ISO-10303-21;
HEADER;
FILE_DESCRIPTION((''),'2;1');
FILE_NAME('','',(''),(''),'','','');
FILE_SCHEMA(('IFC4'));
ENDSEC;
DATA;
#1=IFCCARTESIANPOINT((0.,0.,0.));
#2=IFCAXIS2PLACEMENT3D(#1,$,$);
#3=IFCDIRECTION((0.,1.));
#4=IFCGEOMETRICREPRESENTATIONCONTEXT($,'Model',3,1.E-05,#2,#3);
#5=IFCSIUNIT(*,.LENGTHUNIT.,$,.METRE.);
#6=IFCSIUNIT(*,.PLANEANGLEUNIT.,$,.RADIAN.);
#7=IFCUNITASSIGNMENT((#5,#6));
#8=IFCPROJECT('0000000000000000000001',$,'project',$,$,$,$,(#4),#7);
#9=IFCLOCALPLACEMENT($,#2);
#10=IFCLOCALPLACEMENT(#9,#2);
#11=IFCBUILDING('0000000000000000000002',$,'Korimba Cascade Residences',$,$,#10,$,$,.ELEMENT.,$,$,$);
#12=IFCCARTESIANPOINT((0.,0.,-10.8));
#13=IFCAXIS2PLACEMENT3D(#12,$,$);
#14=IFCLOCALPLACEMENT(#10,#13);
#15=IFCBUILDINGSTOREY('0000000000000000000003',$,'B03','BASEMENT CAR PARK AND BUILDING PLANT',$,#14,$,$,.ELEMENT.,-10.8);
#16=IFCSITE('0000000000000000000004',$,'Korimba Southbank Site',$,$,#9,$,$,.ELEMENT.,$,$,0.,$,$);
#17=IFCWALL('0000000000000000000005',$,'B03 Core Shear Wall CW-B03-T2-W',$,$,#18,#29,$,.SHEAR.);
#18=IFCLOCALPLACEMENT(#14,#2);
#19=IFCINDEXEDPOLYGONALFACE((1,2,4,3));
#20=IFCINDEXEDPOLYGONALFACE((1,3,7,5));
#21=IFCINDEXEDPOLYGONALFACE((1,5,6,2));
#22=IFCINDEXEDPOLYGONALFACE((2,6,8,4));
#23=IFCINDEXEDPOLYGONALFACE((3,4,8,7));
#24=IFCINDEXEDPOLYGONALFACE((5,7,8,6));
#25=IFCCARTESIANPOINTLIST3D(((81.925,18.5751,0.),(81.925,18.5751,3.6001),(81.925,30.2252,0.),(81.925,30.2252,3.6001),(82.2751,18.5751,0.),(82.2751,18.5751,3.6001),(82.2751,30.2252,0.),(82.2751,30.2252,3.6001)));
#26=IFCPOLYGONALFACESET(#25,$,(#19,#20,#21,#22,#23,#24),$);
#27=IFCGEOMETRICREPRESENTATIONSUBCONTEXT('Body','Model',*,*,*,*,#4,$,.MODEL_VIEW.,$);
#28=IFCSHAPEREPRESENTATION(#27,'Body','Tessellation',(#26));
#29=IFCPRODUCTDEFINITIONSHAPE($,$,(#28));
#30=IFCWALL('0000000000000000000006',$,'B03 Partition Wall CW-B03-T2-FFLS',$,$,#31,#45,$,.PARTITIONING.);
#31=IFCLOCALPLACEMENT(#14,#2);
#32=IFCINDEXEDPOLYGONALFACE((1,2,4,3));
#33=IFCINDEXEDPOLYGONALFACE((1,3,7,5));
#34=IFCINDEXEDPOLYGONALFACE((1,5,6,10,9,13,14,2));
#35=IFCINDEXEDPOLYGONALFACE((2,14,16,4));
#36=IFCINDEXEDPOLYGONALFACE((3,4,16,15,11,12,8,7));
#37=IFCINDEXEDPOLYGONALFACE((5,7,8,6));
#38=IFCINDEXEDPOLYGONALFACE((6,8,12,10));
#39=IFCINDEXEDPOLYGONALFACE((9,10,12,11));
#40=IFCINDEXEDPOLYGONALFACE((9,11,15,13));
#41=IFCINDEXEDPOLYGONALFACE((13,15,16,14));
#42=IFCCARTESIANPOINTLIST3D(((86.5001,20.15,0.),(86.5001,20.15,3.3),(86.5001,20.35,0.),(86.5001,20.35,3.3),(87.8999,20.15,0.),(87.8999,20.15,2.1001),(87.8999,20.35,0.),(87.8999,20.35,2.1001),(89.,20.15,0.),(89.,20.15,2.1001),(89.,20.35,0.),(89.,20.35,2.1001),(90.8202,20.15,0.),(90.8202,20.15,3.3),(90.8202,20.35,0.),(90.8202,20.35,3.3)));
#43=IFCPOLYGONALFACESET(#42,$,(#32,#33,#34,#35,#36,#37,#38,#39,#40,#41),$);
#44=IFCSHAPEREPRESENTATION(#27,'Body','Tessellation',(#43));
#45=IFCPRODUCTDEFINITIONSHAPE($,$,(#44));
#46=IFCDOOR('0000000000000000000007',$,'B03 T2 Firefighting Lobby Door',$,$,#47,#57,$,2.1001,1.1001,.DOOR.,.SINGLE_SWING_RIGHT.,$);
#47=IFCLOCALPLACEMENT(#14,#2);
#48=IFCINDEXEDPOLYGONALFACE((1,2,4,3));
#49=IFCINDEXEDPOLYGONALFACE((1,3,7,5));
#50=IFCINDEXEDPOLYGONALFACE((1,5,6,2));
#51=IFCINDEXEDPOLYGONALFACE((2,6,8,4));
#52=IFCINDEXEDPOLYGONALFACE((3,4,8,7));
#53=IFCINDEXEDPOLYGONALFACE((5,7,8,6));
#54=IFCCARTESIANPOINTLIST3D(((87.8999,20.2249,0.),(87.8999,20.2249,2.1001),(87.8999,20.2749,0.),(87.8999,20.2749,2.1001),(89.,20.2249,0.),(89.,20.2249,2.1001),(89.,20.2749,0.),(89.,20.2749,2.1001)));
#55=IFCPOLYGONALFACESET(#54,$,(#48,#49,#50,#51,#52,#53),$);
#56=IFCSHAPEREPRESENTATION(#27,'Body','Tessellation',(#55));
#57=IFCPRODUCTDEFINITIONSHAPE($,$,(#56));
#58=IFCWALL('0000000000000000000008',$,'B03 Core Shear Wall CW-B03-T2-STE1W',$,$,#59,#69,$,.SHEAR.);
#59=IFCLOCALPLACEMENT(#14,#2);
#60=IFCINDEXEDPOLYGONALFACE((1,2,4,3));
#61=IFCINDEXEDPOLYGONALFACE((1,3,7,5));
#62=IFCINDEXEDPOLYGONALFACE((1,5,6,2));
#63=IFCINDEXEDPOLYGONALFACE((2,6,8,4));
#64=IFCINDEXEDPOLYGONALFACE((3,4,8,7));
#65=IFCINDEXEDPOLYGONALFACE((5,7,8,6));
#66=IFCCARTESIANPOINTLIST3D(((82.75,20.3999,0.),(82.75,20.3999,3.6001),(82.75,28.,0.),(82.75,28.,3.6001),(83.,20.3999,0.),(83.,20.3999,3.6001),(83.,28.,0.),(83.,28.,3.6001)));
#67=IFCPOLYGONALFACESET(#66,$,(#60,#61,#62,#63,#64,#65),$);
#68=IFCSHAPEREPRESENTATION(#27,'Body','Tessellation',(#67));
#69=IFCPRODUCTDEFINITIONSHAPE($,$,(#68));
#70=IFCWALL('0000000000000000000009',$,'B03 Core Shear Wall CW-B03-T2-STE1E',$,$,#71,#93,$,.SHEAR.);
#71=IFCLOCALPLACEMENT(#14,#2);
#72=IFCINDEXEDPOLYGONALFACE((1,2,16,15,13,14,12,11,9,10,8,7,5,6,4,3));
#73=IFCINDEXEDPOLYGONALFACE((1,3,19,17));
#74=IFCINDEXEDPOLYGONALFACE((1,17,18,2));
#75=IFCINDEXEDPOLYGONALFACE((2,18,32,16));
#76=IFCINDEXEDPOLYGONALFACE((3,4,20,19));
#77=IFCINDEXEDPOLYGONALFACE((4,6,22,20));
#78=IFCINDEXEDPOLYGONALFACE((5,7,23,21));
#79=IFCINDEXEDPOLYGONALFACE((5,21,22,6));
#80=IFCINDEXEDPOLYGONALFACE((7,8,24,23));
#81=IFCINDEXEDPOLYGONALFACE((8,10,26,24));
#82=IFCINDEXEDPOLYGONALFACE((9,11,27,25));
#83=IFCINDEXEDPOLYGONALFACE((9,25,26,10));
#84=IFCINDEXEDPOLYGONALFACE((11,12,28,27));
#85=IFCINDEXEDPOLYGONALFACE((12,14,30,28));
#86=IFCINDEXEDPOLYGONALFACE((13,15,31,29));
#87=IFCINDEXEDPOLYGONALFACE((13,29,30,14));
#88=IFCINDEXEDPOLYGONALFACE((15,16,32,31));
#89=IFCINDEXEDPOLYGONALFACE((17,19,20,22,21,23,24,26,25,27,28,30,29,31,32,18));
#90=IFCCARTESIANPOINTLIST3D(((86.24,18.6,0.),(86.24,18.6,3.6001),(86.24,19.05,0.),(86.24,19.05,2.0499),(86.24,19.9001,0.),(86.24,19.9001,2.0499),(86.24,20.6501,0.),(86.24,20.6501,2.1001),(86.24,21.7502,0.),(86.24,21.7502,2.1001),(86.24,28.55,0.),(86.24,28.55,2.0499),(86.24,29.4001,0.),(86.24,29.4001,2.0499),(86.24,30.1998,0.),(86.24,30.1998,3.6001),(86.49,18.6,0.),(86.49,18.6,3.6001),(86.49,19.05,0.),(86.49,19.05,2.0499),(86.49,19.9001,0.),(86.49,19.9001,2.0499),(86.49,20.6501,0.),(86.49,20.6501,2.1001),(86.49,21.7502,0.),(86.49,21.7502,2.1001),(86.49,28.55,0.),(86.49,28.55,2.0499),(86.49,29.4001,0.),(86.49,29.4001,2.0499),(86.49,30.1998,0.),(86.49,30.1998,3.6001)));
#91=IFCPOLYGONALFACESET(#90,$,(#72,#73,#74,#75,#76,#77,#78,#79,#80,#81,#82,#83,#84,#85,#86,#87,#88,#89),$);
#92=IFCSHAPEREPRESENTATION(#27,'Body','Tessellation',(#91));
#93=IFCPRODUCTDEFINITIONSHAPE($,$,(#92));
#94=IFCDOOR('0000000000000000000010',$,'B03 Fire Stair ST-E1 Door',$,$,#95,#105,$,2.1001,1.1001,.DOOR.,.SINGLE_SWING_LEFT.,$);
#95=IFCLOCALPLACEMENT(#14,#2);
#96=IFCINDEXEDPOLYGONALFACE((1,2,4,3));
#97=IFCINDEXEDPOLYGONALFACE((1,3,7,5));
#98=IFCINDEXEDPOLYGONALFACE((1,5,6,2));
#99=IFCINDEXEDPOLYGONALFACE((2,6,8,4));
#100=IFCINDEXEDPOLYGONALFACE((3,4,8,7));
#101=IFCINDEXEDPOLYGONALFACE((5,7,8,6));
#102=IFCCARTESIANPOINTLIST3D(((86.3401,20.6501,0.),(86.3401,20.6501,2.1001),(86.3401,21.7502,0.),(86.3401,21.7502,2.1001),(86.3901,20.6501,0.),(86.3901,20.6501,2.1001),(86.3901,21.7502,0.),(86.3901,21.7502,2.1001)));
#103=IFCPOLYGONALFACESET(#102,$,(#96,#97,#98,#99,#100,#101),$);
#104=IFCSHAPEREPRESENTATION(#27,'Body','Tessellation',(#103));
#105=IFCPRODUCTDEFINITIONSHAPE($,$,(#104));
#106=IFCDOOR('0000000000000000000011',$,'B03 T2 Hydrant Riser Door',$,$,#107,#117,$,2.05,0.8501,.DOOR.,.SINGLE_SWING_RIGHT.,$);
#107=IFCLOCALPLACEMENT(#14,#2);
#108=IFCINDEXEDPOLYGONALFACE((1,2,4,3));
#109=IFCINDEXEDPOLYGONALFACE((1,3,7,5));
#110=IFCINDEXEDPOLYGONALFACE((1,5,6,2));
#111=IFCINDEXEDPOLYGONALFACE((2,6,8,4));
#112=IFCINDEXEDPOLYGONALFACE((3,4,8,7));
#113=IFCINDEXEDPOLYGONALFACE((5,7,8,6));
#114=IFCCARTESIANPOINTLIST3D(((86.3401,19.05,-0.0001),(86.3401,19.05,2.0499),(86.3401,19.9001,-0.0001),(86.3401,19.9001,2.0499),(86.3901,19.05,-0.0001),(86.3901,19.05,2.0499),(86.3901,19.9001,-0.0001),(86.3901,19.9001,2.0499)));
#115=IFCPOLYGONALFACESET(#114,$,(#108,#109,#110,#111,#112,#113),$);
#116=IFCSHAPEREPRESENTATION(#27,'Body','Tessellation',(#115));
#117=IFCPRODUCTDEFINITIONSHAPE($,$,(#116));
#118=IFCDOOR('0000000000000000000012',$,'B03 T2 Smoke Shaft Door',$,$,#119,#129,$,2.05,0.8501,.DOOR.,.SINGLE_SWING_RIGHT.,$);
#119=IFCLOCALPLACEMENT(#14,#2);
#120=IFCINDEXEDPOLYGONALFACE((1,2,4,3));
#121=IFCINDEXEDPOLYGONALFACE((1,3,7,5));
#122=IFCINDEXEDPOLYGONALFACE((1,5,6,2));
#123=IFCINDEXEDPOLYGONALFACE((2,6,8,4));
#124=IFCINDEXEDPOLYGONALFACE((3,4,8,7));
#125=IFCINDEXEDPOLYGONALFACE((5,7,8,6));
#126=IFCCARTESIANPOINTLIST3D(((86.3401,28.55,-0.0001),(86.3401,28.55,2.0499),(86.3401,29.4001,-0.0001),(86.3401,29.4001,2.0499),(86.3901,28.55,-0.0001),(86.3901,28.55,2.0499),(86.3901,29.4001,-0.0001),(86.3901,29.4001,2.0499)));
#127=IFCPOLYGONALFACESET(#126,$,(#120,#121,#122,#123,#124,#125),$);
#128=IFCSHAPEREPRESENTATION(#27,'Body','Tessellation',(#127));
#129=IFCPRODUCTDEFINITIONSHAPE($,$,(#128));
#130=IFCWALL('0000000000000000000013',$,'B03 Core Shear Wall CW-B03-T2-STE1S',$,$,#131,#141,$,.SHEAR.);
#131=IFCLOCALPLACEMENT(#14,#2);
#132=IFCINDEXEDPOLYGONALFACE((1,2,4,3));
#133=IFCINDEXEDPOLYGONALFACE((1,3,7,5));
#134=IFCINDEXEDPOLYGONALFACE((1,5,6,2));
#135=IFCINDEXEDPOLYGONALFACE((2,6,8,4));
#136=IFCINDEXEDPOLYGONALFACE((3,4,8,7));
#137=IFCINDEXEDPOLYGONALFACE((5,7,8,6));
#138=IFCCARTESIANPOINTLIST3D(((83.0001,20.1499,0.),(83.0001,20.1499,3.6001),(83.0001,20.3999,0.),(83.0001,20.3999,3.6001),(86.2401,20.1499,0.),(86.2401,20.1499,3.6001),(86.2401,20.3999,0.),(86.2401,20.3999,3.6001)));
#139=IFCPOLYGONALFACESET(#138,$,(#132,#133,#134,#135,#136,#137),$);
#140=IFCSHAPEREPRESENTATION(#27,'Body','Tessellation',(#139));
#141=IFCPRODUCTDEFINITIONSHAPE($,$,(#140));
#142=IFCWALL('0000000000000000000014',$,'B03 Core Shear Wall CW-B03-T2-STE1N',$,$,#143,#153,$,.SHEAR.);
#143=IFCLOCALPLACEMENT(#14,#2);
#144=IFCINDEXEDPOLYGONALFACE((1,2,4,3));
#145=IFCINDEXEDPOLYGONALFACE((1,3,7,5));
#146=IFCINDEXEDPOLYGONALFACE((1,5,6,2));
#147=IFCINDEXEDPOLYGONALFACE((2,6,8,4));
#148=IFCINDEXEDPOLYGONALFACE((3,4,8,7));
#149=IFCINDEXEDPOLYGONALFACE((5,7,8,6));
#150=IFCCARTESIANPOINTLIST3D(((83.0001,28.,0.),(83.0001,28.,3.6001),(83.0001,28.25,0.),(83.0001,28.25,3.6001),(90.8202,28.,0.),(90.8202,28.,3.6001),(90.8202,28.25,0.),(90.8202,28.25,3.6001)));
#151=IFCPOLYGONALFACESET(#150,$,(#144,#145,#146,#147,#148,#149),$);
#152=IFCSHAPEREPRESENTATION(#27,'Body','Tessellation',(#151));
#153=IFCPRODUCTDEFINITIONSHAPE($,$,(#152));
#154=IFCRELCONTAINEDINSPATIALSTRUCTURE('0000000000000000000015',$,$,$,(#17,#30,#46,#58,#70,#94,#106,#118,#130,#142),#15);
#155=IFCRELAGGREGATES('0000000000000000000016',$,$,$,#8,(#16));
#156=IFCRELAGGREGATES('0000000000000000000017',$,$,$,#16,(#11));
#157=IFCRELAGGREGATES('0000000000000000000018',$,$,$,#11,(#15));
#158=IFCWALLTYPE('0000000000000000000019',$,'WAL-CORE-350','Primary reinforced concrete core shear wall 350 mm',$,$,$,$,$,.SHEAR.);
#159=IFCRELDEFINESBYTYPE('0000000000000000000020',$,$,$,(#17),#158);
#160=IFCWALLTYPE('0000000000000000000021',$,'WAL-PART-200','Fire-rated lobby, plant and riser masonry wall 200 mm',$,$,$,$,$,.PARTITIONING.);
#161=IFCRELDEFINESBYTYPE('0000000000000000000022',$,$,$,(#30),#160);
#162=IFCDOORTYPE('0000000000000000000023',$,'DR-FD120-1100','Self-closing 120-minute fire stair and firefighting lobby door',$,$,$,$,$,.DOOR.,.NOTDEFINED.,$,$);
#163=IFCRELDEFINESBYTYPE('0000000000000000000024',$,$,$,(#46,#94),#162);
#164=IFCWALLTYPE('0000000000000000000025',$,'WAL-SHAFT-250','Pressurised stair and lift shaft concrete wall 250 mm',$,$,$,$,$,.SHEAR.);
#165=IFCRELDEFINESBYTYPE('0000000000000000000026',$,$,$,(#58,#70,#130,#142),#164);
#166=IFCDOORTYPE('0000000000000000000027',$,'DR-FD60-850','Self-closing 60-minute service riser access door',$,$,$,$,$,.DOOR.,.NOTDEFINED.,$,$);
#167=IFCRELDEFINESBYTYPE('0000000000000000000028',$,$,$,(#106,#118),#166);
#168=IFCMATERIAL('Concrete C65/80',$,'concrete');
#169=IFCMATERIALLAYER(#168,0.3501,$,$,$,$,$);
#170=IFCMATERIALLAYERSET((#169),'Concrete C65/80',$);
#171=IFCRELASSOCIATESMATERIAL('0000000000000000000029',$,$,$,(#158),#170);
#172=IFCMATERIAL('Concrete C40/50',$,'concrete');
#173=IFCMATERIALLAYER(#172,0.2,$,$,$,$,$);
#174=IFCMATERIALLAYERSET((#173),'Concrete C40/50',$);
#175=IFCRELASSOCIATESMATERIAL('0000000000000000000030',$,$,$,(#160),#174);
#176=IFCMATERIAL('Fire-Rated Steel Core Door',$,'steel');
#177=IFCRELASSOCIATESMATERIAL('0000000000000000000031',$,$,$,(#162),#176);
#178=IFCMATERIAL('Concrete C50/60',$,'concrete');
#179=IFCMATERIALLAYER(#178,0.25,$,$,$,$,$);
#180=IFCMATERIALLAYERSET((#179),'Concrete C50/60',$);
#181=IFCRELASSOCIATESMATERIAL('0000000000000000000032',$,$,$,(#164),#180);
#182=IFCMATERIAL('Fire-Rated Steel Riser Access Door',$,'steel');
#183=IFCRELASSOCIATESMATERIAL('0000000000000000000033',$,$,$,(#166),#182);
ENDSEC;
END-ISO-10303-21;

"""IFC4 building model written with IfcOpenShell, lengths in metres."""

from ifc_helpers import new_model, si_unit, direction, frame, frame_2d, origin, place, context, subcontext, project, spatial, rectangle, extrude, material, layer, layer_set, type_object, element, fill, save


model = new_model("IFC4")

# Units and contexts
model_context = context("Model", 3, precision=1e-05, world=origin(), true_north=direction((0.0, 1.0)))
body_context = subcontext(model_context, "Body", "Model", "MODEL_VIEW")
ifc_project = project(units=[si_unit("LENGTHUNIT", "METRE"), si_unit("PLANEANGLEUNIT", "RADIAN")], contexts=[model_context])

# Site, building, storey
site_placement = place(None, origin())
site = spatial("IfcSite", under=ifc_project, at=site_placement, Name="Korimba Southbank Site", CompositionType="ELEMENT", RefElevation=0.0)
building_placement = place(site_placement, origin())
building = spatial("IfcBuilding", under=site, at=building_placement, Name="Korimba Cascade Residences", CompositionType="ELEMENT")
storey_placement = place(building_placement, frame((0.0, 0.0, -10.8)))
storey = spatial("IfcBuildingStorey", under=building, at=storey_placement, Name="B03", Description="BASEMENT CAR PARK AND BUILDING PLANT", CompositionType="ELEMENT", Elevation=-10.8)

# Shared definitions
ifc_material_1 = material(Name="Concrete C50/60", Category="concrete")

# Wall
ifc_material_2 = material(Name="Concrete C65/80", Category="concrete")
ifc_layer_1 = layer(ifc_material_2, 0.3501)
ifc_layer_set_1 = layer_set([ifc_layer_1], Name="Concrete C65/80")
wall_type_1 = type_object("IfcWallType", Name="WAL-CORE-350", Description="Primary reinforced concrete core shear wall 350 mm", PredefinedType="SHEAR", material=ifc_layer_set_1)
wall_1_placement = place(storey_placement, frame((82.1001, 18.575, 0.0), z_axis=(0.0, 0.0, 1.0), x_axis=(0.0, 1.0, 0.0)))
element("IfcWall", 1, at=wall_1_placement, inside=storey, type_object=wall_type_1, Name="B03 Core Shear Wall CW-B03-T2-W", PredefinedType="SHEAR", context=body_context, shape_type="SweptSolid", body=[
    extrude(rectangle(XDim=11.6501, YDim=0.3501, at=frame_2d((5.8252, 0.0))), origin(), (0.0, 0.0, 1.0), 3.6001),
])

# Wall, opening, door
ifc_material_3 = material(Name="Concrete C40/50", Category="concrete")
ifc_layer_2 = layer(ifc_material_3, 0.2)
ifc_layer_set_2 = layer_set([ifc_layer_2], Name="Concrete C40/50")
wall_type_2 = type_object("IfcWallType", Name="WAL-PART-200", Description="Fire-rated lobby, plant and riser masonry wall 200 mm", PredefinedType="PARTITIONING", material=ifc_layer_set_2)
wall_2_placement = place(storey_placement, frame((86.5, 20.25, 0.0), z_axis=(0.0, 0.0, 1.0), x_axis=(1.0, 0.0, 0.0)))
wall_2 = element("IfcWall", 2, at=wall_2_placement, inside=storey, type_object=wall_type_2, Name="B03 Partition Wall CW-B03-T2-FFLS", PredefinedType="PARTITIONING", context=body_context, shape_type="SweptSolid", body=[
    extrude(rectangle(XDim=4.3201, YDim=0.2, at=frame_2d((2.1602, 0.0))), origin(), (0.0, 0.0, 1.0), 3.3),
])
opening_1_placement = place(wall_2_placement, frame((1.3999, 0.0, 0.0)))
opening_1 = element("IfcOpeningElement", 3, at=opening_1_placement, cuts=wall_2, PredefinedType="OPENING", context=body_context, shape_type="SweptSolid", body=[
    extrude(rectangle(XDim=1.1001, YDim=2.1001, at=frame_2d((0.55, 1.05))), frame((0.0, 0.1099, 0.0), z_axis=(0.0, -1.0, 0.0), x_axis=(1.0, 0.0, 0.0)), (0.0, 0.0, 1.0), 0.22),
])
ifc_material_4 = material(Name="Fire-Rated Steel Core Door", Category="steel")
door_type_1 = type_object("IfcDoorType", Name="DR-FD120-1100", Description="Self-closing 120-minute fire stair and firefighting lobby door", OperationType="NOTDEFINED", PredefinedType="DOOR", material=ifc_material_4)
door_1_placement = place(opening_1_placement, origin())
door_1 = element("IfcDoor", 4, at=door_1_placement, inside=storey, type_object=door_type_1, Name="B03 T2 Firefighting Lobby Door", OperationType="SINGLE_SWING_RIGHT", OverallHeight=2.1001, OverallWidth=1.1001, PredefinedType="DOOR", context=body_context, shape_type="SweptSolid", body=[
    extrude(rectangle(XDim=1.1001, YDim=2.1001, at=frame_2d((0.55, 1.05))), frame((0.0, 0.0249, 0.0), z_axis=(0.0, -1.0, 0.0), x_axis=(1.0, 0.0, 0.0)), (0.0, 0.0, 1.0), 0.05),
])
fill(opening_1, door_1)

# Wall
ifc_layer_3 = layer(ifc_material_1, 0.25)
ifc_layer_set_3 = layer_set([ifc_layer_3], Name="Concrete C50/60")
wall_type_3 = type_object("IfcWallType", Name="WAL-SHAFT-250", Description="Pressurised stair and lift shaft concrete wall 250 mm", PredefinedType="SHEAR", material=ifc_layer_set_3)
wall_3_placement = place(storey_placement, frame((82.875, 20.3999, 0.0), z_axis=(0.0, 0.0, 1.0), x_axis=(0.0, 1.0, 0.0)))
element("IfcWall", 5, at=wall_3_placement, inside=storey, type_object=wall_type_3, Name="B03 Core Shear Wall CW-B03-T2-STE1W", PredefinedType="SHEAR", context=body_context, shape_type="SweptSolid", body=[
    extrude(rectangle(XDim=7.6001, YDim=0.25, at=frame_2d((3.8, 0.0))), origin(), (0.0, 0.0, 1.0), 3.6001),
])

# Wall, openings, doors
wall_4_placement = place(storey_placement, frame((86.365, 18.6001, 0.0), z_axis=(0.0, 0.0, 1.0), x_axis=(0.0, 1.0, 0.0)))
wall_4 = element("IfcWall", 6, at=wall_4_placement, inside=storey, type_object=wall_type_3, Name="B03 Core Shear Wall CW-B03-T2-STE1E", PredefinedType="SHEAR", context=body_context, shape_type="SweptSolid", body=[
    extrude(rectangle(XDim=11.5999, YDim=0.25, at=frame_2d((5.7998, 0.0))), origin(), (0.0, 0.0, 1.0), 3.6001),
])
opening_2_placement = place(wall_4_placement, frame((0.45, 0.0, 0.0)))
opening_2 = element("IfcOpeningElement", 7, at=opening_2_placement, cuts=wall_4, PredefinedType="OPENING", context=body_context, shape_type="SweptSolid", body=[
    extrude(rectangle(XDim=0.8501, YDim=2.05, at=frame_2d((0.425, 1.0249))), frame((0.0, 0.135, 0.0), z_axis=(0.0, -1.0, 0.0), x_axis=(1.0, 0.0, 0.0)), (0.0, 0.0, 1.0), 0.27),
])
opening_3_placement = place(wall_4_placement, frame((2.05, 0.0, 0.0)))
opening_3 = element("IfcOpeningElement", 8, at=opening_3_placement, cuts=wall_4, PredefinedType="OPENING", context=body_context, shape_type="SweptSolid", body=[
    extrude(rectangle(XDim=1.1001, YDim=2.1001, at=frame_2d((0.55, 1.05))), frame((0.0, 0.135, 0.0), z_axis=(0.0, -1.0, 0.0), x_axis=(1.0, 0.0, 0.0)), (0.0, 0.0, 1.0), 0.27),
])
opening_4_placement = place(wall_4_placement, frame((9.95, 0.0, 0.0)))
opening_4 = element("IfcOpeningElement", 9, at=opening_4_placement, cuts=wall_4, PredefinedType="OPENING", context=body_context, shape_type="SweptSolid", body=[
    extrude(rectangle(XDim=0.8501, YDim=2.05, at=frame_2d((0.425, 1.0249))), frame((0.0, 0.135, 0.0), z_axis=(0.0, -1.0, 0.0), x_axis=(1.0, 0.0, 0.0)), (0.0, 0.0, 1.0), 0.27),
])
door_2_placement = place(opening_3_placement, origin())
door_2 = element("IfcDoor", 10, at=door_2_placement, inside=storey, type_object=door_type_1, Name="B03 Fire Stair ST-E1 Door", OperationType="SINGLE_SWING_LEFT", OverallHeight=2.1001, OverallWidth=1.1001, PredefinedType="DOOR", context=body_context, shape_type="SweptSolid", body=[
    extrude(rectangle(XDim=1.1001, YDim=2.1001, at=frame_2d((0.55, 1.05))), frame((0.0, 0.0249, 0.0), z_axis=(0.0, -1.0, 0.0), x_axis=(1.0, 0.0, 0.0)), (0.0, 0.0, 1.0), 0.05),
])
fill(opening_3, door_2)
ifc_material_5 = material(Name="Fire-Rated Steel Riser Access Door", Category="steel")
door_type_2 = type_object("IfcDoorType", Name="DR-FD60-850", Description="Self-closing 60-minute service riser access door", OperationType="NOTDEFINED", PredefinedType="DOOR", material=ifc_material_5)
door_3_placement = place(opening_2_placement, origin())
door_3 = element("IfcDoor", 11, at=door_3_placement, inside=storey, type_object=door_type_2, Name="B03 T2 Hydrant Riser Door", OperationType="SINGLE_SWING_RIGHT", OverallHeight=2.05, OverallWidth=0.8501, PredefinedType="DOOR", context=body_context, shape_type="SweptSolid", body=[
    extrude(rectangle(XDim=0.8501, YDim=2.05, at=frame_2d((0.425, 1.0249))), frame((0.0, 0.0249, 0.0), z_axis=(0.0, -1.0, 0.0), x_axis=(1.0, 0.0, 0.0)), (0.0, 0.0, 1.0), 0.05),
])
fill(opening_2, door_3)
door_4_placement = place(opening_4_placement, origin())
door_4 = element("IfcDoor", 12, at=door_4_placement, inside=storey, type_object=door_type_2, Name="B03 T2 Smoke Shaft Door", OperationType="SINGLE_SWING_RIGHT", OverallHeight=2.05, OverallWidth=0.8501, PredefinedType="DOOR", context=body_context, shape_type="SweptSolid", body=[
    extrude(rectangle(XDim=0.8501, YDim=2.05, at=frame_2d((0.425, 1.0249))), frame((0.0, 0.0249, 0.0), z_axis=(0.0, -1.0, 0.0), x_axis=(1.0, 0.0, 0.0)), (0.0, 0.0, 1.0), 0.05),
])
fill(opening_4, door_4)

# Walls
wall_5_placement = place(storey_placement, frame((83.0, 20.2749, 0.0), z_axis=(0.0, 0.0, 1.0), x_axis=(1.0, 0.0, 0.0)))
element("IfcWall", 13, at=wall_5_placement, inside=storey, type_object=wall_type_3, Name="B03 Core Shear Wall CW-B03-T2-STE1S", PredefinedType="SHEAR", context=body_context, shape_type="SweptSolid", body=[
    extrude(rectangle(XDim=3.24, YDim=0.25, at=frame_2d((1.6201, 0.0))), origin(), (0.0, 0.0, 1.0), 3.6001),
])
wall_6_placement = place(storey_placement, frame((83.0, 28.125, 0.0), z_axis=(0.0, 0.0, 1.0), x_axis=(1.0, 0.0, 0.0)))
element("IfcWall", 14, at=wall_6_placement, inside=storey, type_object=wall_type_3, Name="B03 Core Shear Wall CW-B03-T2-STE1N", PredefinedType="SHEAR", context=body_context, shape_type="SweptSolid", body=[
    extrude(rectangle(XDim=7.8201, YDim=0.25, at=frame_2d((3.9102, 0.0))), origin(), (0.0, 0.0, 1.0), 3.6001),
])

save(model, "model.ifc")
